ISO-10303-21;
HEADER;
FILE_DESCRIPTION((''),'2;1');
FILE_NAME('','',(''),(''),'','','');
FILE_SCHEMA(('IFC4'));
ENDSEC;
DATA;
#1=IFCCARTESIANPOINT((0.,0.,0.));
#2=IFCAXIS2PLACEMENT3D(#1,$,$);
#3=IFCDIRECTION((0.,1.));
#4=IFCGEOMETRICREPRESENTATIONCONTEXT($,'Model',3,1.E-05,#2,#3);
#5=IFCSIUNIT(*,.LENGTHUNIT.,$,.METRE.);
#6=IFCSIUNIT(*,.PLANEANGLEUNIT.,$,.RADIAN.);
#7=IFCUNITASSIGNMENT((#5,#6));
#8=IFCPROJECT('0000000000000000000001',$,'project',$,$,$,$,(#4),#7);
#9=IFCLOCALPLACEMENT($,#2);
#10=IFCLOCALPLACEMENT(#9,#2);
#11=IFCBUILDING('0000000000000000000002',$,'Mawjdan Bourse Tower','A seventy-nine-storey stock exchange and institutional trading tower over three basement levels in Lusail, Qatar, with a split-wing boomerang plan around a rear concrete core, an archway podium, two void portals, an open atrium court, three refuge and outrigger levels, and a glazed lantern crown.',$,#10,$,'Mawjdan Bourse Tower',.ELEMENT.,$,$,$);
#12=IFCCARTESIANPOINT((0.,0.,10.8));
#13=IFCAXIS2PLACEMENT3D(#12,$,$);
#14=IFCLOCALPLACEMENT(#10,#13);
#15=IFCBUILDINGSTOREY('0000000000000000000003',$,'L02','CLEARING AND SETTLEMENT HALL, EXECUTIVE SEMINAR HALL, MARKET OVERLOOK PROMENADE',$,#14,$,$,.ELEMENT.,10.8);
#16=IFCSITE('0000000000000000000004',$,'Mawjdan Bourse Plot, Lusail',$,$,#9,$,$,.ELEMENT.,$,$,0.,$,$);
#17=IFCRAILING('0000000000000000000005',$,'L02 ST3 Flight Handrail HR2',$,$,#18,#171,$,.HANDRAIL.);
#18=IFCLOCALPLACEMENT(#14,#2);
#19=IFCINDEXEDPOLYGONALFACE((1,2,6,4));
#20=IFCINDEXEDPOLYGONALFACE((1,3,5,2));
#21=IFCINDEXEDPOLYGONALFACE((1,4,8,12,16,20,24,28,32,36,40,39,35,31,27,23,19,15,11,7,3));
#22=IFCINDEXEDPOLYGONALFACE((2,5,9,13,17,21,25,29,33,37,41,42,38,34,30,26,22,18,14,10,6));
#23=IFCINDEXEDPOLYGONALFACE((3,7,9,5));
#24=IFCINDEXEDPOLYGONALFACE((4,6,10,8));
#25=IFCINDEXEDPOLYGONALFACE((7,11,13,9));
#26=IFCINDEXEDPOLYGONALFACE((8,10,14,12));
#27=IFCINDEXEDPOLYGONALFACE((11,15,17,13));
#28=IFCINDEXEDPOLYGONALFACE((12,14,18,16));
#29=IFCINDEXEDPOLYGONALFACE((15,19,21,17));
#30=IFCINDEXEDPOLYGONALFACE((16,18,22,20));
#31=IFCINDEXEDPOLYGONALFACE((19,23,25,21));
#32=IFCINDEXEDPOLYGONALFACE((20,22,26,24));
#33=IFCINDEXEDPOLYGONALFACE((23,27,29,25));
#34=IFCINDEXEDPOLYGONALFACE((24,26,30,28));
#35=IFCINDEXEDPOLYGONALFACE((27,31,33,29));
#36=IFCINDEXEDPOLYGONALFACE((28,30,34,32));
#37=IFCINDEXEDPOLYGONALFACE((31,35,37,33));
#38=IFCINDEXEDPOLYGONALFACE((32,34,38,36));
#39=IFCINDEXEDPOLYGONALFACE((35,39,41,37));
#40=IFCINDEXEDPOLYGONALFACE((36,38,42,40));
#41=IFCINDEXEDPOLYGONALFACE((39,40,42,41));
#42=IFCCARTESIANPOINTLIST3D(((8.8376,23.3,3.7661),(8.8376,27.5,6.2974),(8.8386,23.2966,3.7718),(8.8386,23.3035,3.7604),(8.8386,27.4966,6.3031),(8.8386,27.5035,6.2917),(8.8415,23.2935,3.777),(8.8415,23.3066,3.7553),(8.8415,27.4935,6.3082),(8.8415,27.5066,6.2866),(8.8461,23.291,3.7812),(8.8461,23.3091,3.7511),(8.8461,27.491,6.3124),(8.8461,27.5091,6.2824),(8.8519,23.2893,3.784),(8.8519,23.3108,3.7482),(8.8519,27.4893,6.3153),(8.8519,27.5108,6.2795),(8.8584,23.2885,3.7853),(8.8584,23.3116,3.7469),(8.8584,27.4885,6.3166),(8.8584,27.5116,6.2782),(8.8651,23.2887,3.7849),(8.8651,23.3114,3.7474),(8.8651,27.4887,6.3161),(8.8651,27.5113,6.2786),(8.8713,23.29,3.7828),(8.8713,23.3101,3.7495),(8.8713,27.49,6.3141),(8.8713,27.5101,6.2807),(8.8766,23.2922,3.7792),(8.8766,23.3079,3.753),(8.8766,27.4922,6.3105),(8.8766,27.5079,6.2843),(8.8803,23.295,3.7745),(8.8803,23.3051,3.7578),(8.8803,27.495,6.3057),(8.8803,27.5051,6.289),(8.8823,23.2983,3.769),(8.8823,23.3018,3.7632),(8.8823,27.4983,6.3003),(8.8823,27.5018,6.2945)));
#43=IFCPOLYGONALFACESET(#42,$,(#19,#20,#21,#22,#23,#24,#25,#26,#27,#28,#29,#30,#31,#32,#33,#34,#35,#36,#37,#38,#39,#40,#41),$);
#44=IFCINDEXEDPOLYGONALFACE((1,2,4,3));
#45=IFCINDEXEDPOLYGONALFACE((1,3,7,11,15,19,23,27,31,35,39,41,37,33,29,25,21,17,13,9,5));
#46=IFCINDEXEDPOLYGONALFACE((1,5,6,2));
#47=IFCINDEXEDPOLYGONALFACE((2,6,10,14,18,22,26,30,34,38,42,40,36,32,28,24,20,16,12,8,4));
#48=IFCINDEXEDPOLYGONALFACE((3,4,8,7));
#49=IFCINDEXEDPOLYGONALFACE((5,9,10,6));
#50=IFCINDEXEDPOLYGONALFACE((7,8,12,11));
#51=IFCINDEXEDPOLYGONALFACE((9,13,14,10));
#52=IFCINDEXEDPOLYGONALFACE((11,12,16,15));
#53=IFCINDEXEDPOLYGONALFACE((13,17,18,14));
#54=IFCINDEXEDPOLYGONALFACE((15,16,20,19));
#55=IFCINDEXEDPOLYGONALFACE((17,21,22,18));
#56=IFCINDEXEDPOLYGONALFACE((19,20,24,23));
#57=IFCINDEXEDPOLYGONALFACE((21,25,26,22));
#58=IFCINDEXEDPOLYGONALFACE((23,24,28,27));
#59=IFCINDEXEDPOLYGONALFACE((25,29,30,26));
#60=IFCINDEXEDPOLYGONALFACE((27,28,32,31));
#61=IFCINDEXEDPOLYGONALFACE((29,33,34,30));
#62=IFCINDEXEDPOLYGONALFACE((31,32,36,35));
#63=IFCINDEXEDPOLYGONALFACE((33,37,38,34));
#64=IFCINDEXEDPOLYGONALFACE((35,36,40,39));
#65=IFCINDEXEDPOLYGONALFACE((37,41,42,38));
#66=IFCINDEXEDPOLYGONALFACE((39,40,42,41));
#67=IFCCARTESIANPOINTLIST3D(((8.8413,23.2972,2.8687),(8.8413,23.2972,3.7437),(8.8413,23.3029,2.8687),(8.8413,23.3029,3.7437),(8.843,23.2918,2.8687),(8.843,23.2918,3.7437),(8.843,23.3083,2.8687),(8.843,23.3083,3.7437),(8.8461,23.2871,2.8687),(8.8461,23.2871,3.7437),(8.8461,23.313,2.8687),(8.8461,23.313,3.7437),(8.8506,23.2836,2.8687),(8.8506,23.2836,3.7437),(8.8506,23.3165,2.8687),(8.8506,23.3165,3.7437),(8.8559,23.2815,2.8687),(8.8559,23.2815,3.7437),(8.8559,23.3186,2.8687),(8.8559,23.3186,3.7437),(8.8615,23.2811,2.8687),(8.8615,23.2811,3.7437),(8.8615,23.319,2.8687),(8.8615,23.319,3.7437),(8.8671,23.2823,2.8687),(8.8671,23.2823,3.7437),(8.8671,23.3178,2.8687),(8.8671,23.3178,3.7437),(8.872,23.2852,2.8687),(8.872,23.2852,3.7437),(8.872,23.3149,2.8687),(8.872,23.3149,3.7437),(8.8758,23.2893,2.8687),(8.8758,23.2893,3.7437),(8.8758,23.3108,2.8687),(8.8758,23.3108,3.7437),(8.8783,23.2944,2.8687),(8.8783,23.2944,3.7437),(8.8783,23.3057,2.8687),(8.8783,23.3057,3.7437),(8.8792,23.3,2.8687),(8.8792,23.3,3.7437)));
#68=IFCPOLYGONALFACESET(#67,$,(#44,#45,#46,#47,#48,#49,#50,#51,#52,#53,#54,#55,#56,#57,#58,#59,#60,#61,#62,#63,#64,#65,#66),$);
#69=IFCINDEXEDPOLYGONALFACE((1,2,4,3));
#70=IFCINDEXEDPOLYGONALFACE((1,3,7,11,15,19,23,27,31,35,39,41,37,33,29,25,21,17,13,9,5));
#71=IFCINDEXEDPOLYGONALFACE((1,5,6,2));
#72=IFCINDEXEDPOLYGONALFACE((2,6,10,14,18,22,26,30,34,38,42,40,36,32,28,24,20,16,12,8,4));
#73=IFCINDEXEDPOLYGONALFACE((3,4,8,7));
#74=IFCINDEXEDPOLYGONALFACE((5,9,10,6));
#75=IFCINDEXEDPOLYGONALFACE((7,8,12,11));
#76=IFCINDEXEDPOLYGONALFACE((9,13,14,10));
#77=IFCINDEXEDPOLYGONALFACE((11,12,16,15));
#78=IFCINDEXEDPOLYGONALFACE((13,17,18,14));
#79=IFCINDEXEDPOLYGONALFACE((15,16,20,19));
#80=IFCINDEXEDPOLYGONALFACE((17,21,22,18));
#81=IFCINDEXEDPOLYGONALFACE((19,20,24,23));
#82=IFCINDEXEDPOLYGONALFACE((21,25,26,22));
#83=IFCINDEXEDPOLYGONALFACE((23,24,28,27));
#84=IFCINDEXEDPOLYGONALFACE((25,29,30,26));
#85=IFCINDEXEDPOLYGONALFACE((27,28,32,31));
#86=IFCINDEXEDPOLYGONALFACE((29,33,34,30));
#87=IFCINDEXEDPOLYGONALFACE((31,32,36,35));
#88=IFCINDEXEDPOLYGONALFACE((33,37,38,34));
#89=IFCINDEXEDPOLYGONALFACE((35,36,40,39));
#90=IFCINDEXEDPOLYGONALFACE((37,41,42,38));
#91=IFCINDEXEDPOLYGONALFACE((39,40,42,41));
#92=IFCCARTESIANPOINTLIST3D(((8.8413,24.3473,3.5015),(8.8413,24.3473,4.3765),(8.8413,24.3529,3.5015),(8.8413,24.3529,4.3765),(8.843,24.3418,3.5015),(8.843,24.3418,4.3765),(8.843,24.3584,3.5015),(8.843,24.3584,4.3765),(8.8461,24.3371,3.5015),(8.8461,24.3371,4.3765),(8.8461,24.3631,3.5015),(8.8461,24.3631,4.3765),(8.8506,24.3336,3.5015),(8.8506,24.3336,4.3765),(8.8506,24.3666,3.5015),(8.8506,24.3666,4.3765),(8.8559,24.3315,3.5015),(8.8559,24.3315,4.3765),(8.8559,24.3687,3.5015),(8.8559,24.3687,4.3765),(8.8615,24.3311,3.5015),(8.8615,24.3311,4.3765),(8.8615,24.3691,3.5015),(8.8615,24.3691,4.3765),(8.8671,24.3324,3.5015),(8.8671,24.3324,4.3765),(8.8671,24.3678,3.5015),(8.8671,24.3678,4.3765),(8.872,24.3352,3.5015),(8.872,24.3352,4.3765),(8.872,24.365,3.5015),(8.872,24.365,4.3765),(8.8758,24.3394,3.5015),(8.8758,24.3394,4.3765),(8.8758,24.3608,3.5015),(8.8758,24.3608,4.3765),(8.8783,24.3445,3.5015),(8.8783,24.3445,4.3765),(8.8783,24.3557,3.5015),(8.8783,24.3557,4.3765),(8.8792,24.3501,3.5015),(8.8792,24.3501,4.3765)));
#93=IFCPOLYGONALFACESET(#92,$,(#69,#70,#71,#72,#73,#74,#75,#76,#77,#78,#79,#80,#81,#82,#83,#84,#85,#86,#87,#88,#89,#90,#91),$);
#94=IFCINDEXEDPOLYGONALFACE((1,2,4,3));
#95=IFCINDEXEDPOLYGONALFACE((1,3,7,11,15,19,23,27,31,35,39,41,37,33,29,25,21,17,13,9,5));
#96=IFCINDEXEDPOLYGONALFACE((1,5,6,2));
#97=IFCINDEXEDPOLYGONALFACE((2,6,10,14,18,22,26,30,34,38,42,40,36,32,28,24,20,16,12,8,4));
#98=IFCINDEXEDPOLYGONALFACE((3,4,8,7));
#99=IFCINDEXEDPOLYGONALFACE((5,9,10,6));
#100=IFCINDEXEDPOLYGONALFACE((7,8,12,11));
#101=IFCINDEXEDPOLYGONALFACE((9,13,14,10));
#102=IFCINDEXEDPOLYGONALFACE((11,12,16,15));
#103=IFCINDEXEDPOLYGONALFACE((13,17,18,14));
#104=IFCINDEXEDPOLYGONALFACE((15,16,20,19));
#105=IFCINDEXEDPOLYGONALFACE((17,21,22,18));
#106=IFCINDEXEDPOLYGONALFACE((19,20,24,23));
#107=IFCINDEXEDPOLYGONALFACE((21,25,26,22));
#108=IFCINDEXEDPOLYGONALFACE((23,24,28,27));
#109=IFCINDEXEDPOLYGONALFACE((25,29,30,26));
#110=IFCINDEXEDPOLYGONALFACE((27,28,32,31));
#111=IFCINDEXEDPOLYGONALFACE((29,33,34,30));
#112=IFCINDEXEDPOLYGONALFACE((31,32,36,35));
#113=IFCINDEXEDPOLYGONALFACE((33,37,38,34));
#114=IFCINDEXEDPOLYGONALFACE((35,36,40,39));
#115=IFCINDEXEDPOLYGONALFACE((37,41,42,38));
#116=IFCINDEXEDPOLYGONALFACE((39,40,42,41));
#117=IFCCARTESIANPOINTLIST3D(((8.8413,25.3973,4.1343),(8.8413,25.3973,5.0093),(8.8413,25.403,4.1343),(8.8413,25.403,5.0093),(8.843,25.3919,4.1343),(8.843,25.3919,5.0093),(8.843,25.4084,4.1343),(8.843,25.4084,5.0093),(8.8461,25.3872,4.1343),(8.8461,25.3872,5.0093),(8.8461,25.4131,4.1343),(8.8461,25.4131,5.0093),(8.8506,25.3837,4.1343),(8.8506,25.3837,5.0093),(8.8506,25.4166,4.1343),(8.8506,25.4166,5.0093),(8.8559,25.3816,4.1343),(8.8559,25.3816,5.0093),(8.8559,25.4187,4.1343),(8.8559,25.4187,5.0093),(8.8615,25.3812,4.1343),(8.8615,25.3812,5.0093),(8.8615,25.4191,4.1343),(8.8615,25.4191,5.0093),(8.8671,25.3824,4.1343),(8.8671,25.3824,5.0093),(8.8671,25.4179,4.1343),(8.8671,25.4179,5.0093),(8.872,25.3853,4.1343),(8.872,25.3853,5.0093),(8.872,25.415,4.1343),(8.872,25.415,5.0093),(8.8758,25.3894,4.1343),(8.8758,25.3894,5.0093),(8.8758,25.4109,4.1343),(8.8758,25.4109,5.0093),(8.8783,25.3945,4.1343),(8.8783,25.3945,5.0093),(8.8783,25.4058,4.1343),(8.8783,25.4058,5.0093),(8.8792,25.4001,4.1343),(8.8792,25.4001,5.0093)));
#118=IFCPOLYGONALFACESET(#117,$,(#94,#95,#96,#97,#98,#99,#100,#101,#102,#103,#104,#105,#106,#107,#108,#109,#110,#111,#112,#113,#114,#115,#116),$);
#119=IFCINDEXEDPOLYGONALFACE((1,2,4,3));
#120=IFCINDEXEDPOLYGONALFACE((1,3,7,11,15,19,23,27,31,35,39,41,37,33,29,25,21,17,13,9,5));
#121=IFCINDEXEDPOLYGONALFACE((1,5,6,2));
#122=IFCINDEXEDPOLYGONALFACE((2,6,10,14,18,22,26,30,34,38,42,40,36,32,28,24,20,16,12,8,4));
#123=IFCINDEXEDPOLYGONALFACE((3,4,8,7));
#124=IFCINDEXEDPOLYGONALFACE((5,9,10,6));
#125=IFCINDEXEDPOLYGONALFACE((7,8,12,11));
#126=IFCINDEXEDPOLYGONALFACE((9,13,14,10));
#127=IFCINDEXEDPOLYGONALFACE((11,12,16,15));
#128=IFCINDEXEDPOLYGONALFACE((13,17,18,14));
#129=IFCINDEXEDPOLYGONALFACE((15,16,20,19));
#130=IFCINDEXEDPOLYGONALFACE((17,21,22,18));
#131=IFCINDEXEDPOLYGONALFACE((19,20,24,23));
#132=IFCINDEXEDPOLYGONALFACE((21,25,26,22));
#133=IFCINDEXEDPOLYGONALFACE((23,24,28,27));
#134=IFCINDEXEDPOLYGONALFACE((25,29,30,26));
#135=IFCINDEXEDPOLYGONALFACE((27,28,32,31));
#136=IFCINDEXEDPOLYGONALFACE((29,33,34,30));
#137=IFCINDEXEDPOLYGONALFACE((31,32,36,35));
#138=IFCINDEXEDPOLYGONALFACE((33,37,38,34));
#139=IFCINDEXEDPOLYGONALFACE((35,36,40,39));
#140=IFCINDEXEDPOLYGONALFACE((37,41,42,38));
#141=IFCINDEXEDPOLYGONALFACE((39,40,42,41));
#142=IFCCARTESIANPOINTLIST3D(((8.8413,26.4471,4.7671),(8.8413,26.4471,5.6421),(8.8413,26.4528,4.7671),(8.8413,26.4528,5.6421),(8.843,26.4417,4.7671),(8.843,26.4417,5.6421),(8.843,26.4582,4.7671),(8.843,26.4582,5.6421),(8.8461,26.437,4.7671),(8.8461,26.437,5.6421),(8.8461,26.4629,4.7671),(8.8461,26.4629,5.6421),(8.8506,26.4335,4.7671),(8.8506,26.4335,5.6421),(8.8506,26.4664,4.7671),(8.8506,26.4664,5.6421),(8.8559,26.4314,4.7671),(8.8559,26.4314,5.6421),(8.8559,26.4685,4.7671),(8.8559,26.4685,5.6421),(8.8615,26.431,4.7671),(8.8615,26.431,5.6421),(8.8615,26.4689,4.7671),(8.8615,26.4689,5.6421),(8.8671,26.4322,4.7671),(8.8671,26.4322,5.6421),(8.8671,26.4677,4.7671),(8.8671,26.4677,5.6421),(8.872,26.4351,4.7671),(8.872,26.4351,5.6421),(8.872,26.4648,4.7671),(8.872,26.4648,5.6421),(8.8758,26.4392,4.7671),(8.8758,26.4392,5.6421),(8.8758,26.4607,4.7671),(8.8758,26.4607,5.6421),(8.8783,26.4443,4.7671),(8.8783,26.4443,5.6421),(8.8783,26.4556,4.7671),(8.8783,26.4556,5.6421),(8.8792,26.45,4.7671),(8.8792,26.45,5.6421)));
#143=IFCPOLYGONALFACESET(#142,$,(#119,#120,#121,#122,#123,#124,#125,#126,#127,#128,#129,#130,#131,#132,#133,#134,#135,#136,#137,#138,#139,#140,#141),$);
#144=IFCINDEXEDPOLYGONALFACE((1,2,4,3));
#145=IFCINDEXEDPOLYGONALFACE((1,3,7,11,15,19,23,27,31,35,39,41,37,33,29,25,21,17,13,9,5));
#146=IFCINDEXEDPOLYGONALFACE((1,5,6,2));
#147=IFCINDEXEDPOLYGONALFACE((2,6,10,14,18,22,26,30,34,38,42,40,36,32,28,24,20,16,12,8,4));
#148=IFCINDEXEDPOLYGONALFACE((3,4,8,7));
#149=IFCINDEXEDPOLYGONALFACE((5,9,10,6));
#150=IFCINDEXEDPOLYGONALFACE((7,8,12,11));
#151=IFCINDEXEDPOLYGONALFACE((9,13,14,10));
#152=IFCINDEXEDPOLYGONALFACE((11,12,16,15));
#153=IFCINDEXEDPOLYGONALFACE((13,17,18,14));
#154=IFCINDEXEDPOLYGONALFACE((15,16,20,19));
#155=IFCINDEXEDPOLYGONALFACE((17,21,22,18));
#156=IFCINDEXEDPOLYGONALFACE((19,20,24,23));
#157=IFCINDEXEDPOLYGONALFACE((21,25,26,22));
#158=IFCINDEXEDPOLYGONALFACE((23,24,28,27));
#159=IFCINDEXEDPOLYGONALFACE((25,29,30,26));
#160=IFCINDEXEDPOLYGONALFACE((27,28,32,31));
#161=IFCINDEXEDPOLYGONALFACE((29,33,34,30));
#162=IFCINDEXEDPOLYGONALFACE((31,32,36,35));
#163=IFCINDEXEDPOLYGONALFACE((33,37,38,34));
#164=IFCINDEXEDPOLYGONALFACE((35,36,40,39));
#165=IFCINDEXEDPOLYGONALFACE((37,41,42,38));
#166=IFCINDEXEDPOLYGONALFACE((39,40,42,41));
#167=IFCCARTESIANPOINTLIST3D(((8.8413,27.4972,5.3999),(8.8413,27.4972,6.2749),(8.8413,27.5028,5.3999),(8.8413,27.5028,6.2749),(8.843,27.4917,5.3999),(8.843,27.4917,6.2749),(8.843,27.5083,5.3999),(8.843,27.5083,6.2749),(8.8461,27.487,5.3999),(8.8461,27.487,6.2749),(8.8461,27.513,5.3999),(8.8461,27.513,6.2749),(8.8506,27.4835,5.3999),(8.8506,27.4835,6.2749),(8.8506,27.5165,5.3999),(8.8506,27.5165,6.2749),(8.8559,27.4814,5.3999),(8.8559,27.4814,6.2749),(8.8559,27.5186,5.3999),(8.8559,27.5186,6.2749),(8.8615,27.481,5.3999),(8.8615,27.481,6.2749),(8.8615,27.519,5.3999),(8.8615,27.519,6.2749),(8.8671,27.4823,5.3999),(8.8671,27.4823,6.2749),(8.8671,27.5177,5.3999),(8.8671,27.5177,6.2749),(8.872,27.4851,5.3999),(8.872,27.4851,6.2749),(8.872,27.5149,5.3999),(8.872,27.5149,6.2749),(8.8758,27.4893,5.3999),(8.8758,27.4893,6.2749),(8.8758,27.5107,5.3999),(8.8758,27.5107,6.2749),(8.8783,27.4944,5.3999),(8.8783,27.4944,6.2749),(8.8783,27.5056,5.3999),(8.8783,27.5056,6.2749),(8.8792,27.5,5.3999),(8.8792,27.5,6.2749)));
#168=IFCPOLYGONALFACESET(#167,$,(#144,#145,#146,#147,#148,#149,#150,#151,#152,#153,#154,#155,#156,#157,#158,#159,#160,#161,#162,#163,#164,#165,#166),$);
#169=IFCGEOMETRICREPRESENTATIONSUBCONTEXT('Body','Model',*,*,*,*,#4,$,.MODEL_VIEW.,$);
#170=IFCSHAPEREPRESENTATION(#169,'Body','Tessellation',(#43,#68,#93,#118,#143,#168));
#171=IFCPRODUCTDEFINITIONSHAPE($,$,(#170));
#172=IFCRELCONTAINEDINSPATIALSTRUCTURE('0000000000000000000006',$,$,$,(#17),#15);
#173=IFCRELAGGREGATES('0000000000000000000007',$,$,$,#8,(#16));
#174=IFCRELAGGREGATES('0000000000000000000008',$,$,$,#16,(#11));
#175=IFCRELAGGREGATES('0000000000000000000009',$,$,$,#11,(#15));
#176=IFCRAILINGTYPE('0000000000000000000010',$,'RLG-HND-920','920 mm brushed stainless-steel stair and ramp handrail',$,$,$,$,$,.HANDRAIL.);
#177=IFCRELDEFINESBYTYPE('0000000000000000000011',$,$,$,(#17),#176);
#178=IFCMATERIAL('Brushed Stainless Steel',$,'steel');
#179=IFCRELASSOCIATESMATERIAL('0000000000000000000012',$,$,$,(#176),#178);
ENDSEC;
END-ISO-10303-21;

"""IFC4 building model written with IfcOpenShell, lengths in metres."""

from ifc_helpers import new_model, si_unit, direction, frame, origin, origin_2d, place, context, subcontext, project, spatial, circle, extrude, material, type_object, element, save


model = new_model("IFC4")

# Units and contexts
model_context = context("Model", 3, precision=1e-05, world=origin(), true_north=direction((0.0, 1.0)))
body_context = subcontext(model_context, "Body", "Model", "MODEL_VIEW")
ifc_project = project(units=[si_unit("LENGTHUNIT", "METRE"), si_unit("PLANEANGLEUNIT", "RADIAN")], contexts=[model_context])

# Site, building, storey
site_placement = place(None, origin())
site = spatial("IfcSite", under=ifc_project, at=site_placement, Name="Mawjdan Bourse Plot, Lusail", CompositionType="ELEMENT", RefElevation=0.0)
building_placement = place(site_placement, origin())
building = spatial("IfcBuilding", under=site, at=building_placement, Name="Mawjdan Bourse Tower", Description="A seventy-nine-storey stock exchange and institutional trading tower over three basement levels in Lusail, Qatar, with a split-wing boomerang plan around a rear concrete core, an archway podium, two void portals, an open atrium court, three refuge and outrigger levels, and a glazed lantern crown.", LongName="Mawjdan Bourse Tower", CompositionType="ELEMENT")
storey_placement = place(building_placement, frame((0.0, 0.0, 10.8)))
storey = spatial("IfcBuildingStorey", under=building, at=storey_placement, Name="L02", Description="CLEARING AND SETTLEMENT HALL, EXECUTIVE SEMINAR HALL, MARKET OVERLOOK PROMENADE", CompositionType="ELEMENT", Elevation=10.8)

# Railing
ifc_material_1 = material(Name="Brushed Stainless Steel", Category="steel")
railing_type_1 = type_object("IfcRailingType", Name="RLG-HND-920", Description="920 mm brushed stainless-steel stair and ramp handrail", PredefinedType="HANDRAIL", material=ifc_material_1)
railing_placement = place(storey_placement, frame((8.8601, 23.3, 2.8687)))
element("IfcRailing", 1, at=railing_placement, inside=storey, type_object=railing_type_1, Name="L02 ST3 Flight Handrail HR2", PredefinedType="HANDRAIL", context=body_context, shape_type="SweptSolid", body=[
    extrude(circle(Radius=0.0225, at=origin_2d()), frame((0.0, 0.0, 0.8975), z_axis=(0.0, 0.856476, 0.516186), x_axis=(-1.0, 0.0, 0.0)), (0.0, 0.0, 1.0), 4.9038),
    extrude(circle(Radius=0.019, at=origin_2d()), origin(), (0.0, 0.0, 1.0), 0.875),
    extrude(circle(Radius=0.019, at=origin_2d()), frame((0.0, 1.05, 0.6328)), (0.0, 0.0, 1.0), 0.875),
    extrude(circle(Radius=0.019, at=origin_2d()), frame((0.0, 2.1001, 1.2656)), (0.0, 0.0, 1.0), 0.875),
    extrude(circle(Radius=0.019, at=origin_2d()), frame((0.0, 3.1499, 1.8984)), (0.0, 0.0, 1.0), 0.875),
    extrude(circle(Radius=0.019, at=origin_2d()), frame((0.0, 4.2, 2.5312)), (0.0, 0.0, 1.0), 0.875),
])

save(model, "model.ifc")
